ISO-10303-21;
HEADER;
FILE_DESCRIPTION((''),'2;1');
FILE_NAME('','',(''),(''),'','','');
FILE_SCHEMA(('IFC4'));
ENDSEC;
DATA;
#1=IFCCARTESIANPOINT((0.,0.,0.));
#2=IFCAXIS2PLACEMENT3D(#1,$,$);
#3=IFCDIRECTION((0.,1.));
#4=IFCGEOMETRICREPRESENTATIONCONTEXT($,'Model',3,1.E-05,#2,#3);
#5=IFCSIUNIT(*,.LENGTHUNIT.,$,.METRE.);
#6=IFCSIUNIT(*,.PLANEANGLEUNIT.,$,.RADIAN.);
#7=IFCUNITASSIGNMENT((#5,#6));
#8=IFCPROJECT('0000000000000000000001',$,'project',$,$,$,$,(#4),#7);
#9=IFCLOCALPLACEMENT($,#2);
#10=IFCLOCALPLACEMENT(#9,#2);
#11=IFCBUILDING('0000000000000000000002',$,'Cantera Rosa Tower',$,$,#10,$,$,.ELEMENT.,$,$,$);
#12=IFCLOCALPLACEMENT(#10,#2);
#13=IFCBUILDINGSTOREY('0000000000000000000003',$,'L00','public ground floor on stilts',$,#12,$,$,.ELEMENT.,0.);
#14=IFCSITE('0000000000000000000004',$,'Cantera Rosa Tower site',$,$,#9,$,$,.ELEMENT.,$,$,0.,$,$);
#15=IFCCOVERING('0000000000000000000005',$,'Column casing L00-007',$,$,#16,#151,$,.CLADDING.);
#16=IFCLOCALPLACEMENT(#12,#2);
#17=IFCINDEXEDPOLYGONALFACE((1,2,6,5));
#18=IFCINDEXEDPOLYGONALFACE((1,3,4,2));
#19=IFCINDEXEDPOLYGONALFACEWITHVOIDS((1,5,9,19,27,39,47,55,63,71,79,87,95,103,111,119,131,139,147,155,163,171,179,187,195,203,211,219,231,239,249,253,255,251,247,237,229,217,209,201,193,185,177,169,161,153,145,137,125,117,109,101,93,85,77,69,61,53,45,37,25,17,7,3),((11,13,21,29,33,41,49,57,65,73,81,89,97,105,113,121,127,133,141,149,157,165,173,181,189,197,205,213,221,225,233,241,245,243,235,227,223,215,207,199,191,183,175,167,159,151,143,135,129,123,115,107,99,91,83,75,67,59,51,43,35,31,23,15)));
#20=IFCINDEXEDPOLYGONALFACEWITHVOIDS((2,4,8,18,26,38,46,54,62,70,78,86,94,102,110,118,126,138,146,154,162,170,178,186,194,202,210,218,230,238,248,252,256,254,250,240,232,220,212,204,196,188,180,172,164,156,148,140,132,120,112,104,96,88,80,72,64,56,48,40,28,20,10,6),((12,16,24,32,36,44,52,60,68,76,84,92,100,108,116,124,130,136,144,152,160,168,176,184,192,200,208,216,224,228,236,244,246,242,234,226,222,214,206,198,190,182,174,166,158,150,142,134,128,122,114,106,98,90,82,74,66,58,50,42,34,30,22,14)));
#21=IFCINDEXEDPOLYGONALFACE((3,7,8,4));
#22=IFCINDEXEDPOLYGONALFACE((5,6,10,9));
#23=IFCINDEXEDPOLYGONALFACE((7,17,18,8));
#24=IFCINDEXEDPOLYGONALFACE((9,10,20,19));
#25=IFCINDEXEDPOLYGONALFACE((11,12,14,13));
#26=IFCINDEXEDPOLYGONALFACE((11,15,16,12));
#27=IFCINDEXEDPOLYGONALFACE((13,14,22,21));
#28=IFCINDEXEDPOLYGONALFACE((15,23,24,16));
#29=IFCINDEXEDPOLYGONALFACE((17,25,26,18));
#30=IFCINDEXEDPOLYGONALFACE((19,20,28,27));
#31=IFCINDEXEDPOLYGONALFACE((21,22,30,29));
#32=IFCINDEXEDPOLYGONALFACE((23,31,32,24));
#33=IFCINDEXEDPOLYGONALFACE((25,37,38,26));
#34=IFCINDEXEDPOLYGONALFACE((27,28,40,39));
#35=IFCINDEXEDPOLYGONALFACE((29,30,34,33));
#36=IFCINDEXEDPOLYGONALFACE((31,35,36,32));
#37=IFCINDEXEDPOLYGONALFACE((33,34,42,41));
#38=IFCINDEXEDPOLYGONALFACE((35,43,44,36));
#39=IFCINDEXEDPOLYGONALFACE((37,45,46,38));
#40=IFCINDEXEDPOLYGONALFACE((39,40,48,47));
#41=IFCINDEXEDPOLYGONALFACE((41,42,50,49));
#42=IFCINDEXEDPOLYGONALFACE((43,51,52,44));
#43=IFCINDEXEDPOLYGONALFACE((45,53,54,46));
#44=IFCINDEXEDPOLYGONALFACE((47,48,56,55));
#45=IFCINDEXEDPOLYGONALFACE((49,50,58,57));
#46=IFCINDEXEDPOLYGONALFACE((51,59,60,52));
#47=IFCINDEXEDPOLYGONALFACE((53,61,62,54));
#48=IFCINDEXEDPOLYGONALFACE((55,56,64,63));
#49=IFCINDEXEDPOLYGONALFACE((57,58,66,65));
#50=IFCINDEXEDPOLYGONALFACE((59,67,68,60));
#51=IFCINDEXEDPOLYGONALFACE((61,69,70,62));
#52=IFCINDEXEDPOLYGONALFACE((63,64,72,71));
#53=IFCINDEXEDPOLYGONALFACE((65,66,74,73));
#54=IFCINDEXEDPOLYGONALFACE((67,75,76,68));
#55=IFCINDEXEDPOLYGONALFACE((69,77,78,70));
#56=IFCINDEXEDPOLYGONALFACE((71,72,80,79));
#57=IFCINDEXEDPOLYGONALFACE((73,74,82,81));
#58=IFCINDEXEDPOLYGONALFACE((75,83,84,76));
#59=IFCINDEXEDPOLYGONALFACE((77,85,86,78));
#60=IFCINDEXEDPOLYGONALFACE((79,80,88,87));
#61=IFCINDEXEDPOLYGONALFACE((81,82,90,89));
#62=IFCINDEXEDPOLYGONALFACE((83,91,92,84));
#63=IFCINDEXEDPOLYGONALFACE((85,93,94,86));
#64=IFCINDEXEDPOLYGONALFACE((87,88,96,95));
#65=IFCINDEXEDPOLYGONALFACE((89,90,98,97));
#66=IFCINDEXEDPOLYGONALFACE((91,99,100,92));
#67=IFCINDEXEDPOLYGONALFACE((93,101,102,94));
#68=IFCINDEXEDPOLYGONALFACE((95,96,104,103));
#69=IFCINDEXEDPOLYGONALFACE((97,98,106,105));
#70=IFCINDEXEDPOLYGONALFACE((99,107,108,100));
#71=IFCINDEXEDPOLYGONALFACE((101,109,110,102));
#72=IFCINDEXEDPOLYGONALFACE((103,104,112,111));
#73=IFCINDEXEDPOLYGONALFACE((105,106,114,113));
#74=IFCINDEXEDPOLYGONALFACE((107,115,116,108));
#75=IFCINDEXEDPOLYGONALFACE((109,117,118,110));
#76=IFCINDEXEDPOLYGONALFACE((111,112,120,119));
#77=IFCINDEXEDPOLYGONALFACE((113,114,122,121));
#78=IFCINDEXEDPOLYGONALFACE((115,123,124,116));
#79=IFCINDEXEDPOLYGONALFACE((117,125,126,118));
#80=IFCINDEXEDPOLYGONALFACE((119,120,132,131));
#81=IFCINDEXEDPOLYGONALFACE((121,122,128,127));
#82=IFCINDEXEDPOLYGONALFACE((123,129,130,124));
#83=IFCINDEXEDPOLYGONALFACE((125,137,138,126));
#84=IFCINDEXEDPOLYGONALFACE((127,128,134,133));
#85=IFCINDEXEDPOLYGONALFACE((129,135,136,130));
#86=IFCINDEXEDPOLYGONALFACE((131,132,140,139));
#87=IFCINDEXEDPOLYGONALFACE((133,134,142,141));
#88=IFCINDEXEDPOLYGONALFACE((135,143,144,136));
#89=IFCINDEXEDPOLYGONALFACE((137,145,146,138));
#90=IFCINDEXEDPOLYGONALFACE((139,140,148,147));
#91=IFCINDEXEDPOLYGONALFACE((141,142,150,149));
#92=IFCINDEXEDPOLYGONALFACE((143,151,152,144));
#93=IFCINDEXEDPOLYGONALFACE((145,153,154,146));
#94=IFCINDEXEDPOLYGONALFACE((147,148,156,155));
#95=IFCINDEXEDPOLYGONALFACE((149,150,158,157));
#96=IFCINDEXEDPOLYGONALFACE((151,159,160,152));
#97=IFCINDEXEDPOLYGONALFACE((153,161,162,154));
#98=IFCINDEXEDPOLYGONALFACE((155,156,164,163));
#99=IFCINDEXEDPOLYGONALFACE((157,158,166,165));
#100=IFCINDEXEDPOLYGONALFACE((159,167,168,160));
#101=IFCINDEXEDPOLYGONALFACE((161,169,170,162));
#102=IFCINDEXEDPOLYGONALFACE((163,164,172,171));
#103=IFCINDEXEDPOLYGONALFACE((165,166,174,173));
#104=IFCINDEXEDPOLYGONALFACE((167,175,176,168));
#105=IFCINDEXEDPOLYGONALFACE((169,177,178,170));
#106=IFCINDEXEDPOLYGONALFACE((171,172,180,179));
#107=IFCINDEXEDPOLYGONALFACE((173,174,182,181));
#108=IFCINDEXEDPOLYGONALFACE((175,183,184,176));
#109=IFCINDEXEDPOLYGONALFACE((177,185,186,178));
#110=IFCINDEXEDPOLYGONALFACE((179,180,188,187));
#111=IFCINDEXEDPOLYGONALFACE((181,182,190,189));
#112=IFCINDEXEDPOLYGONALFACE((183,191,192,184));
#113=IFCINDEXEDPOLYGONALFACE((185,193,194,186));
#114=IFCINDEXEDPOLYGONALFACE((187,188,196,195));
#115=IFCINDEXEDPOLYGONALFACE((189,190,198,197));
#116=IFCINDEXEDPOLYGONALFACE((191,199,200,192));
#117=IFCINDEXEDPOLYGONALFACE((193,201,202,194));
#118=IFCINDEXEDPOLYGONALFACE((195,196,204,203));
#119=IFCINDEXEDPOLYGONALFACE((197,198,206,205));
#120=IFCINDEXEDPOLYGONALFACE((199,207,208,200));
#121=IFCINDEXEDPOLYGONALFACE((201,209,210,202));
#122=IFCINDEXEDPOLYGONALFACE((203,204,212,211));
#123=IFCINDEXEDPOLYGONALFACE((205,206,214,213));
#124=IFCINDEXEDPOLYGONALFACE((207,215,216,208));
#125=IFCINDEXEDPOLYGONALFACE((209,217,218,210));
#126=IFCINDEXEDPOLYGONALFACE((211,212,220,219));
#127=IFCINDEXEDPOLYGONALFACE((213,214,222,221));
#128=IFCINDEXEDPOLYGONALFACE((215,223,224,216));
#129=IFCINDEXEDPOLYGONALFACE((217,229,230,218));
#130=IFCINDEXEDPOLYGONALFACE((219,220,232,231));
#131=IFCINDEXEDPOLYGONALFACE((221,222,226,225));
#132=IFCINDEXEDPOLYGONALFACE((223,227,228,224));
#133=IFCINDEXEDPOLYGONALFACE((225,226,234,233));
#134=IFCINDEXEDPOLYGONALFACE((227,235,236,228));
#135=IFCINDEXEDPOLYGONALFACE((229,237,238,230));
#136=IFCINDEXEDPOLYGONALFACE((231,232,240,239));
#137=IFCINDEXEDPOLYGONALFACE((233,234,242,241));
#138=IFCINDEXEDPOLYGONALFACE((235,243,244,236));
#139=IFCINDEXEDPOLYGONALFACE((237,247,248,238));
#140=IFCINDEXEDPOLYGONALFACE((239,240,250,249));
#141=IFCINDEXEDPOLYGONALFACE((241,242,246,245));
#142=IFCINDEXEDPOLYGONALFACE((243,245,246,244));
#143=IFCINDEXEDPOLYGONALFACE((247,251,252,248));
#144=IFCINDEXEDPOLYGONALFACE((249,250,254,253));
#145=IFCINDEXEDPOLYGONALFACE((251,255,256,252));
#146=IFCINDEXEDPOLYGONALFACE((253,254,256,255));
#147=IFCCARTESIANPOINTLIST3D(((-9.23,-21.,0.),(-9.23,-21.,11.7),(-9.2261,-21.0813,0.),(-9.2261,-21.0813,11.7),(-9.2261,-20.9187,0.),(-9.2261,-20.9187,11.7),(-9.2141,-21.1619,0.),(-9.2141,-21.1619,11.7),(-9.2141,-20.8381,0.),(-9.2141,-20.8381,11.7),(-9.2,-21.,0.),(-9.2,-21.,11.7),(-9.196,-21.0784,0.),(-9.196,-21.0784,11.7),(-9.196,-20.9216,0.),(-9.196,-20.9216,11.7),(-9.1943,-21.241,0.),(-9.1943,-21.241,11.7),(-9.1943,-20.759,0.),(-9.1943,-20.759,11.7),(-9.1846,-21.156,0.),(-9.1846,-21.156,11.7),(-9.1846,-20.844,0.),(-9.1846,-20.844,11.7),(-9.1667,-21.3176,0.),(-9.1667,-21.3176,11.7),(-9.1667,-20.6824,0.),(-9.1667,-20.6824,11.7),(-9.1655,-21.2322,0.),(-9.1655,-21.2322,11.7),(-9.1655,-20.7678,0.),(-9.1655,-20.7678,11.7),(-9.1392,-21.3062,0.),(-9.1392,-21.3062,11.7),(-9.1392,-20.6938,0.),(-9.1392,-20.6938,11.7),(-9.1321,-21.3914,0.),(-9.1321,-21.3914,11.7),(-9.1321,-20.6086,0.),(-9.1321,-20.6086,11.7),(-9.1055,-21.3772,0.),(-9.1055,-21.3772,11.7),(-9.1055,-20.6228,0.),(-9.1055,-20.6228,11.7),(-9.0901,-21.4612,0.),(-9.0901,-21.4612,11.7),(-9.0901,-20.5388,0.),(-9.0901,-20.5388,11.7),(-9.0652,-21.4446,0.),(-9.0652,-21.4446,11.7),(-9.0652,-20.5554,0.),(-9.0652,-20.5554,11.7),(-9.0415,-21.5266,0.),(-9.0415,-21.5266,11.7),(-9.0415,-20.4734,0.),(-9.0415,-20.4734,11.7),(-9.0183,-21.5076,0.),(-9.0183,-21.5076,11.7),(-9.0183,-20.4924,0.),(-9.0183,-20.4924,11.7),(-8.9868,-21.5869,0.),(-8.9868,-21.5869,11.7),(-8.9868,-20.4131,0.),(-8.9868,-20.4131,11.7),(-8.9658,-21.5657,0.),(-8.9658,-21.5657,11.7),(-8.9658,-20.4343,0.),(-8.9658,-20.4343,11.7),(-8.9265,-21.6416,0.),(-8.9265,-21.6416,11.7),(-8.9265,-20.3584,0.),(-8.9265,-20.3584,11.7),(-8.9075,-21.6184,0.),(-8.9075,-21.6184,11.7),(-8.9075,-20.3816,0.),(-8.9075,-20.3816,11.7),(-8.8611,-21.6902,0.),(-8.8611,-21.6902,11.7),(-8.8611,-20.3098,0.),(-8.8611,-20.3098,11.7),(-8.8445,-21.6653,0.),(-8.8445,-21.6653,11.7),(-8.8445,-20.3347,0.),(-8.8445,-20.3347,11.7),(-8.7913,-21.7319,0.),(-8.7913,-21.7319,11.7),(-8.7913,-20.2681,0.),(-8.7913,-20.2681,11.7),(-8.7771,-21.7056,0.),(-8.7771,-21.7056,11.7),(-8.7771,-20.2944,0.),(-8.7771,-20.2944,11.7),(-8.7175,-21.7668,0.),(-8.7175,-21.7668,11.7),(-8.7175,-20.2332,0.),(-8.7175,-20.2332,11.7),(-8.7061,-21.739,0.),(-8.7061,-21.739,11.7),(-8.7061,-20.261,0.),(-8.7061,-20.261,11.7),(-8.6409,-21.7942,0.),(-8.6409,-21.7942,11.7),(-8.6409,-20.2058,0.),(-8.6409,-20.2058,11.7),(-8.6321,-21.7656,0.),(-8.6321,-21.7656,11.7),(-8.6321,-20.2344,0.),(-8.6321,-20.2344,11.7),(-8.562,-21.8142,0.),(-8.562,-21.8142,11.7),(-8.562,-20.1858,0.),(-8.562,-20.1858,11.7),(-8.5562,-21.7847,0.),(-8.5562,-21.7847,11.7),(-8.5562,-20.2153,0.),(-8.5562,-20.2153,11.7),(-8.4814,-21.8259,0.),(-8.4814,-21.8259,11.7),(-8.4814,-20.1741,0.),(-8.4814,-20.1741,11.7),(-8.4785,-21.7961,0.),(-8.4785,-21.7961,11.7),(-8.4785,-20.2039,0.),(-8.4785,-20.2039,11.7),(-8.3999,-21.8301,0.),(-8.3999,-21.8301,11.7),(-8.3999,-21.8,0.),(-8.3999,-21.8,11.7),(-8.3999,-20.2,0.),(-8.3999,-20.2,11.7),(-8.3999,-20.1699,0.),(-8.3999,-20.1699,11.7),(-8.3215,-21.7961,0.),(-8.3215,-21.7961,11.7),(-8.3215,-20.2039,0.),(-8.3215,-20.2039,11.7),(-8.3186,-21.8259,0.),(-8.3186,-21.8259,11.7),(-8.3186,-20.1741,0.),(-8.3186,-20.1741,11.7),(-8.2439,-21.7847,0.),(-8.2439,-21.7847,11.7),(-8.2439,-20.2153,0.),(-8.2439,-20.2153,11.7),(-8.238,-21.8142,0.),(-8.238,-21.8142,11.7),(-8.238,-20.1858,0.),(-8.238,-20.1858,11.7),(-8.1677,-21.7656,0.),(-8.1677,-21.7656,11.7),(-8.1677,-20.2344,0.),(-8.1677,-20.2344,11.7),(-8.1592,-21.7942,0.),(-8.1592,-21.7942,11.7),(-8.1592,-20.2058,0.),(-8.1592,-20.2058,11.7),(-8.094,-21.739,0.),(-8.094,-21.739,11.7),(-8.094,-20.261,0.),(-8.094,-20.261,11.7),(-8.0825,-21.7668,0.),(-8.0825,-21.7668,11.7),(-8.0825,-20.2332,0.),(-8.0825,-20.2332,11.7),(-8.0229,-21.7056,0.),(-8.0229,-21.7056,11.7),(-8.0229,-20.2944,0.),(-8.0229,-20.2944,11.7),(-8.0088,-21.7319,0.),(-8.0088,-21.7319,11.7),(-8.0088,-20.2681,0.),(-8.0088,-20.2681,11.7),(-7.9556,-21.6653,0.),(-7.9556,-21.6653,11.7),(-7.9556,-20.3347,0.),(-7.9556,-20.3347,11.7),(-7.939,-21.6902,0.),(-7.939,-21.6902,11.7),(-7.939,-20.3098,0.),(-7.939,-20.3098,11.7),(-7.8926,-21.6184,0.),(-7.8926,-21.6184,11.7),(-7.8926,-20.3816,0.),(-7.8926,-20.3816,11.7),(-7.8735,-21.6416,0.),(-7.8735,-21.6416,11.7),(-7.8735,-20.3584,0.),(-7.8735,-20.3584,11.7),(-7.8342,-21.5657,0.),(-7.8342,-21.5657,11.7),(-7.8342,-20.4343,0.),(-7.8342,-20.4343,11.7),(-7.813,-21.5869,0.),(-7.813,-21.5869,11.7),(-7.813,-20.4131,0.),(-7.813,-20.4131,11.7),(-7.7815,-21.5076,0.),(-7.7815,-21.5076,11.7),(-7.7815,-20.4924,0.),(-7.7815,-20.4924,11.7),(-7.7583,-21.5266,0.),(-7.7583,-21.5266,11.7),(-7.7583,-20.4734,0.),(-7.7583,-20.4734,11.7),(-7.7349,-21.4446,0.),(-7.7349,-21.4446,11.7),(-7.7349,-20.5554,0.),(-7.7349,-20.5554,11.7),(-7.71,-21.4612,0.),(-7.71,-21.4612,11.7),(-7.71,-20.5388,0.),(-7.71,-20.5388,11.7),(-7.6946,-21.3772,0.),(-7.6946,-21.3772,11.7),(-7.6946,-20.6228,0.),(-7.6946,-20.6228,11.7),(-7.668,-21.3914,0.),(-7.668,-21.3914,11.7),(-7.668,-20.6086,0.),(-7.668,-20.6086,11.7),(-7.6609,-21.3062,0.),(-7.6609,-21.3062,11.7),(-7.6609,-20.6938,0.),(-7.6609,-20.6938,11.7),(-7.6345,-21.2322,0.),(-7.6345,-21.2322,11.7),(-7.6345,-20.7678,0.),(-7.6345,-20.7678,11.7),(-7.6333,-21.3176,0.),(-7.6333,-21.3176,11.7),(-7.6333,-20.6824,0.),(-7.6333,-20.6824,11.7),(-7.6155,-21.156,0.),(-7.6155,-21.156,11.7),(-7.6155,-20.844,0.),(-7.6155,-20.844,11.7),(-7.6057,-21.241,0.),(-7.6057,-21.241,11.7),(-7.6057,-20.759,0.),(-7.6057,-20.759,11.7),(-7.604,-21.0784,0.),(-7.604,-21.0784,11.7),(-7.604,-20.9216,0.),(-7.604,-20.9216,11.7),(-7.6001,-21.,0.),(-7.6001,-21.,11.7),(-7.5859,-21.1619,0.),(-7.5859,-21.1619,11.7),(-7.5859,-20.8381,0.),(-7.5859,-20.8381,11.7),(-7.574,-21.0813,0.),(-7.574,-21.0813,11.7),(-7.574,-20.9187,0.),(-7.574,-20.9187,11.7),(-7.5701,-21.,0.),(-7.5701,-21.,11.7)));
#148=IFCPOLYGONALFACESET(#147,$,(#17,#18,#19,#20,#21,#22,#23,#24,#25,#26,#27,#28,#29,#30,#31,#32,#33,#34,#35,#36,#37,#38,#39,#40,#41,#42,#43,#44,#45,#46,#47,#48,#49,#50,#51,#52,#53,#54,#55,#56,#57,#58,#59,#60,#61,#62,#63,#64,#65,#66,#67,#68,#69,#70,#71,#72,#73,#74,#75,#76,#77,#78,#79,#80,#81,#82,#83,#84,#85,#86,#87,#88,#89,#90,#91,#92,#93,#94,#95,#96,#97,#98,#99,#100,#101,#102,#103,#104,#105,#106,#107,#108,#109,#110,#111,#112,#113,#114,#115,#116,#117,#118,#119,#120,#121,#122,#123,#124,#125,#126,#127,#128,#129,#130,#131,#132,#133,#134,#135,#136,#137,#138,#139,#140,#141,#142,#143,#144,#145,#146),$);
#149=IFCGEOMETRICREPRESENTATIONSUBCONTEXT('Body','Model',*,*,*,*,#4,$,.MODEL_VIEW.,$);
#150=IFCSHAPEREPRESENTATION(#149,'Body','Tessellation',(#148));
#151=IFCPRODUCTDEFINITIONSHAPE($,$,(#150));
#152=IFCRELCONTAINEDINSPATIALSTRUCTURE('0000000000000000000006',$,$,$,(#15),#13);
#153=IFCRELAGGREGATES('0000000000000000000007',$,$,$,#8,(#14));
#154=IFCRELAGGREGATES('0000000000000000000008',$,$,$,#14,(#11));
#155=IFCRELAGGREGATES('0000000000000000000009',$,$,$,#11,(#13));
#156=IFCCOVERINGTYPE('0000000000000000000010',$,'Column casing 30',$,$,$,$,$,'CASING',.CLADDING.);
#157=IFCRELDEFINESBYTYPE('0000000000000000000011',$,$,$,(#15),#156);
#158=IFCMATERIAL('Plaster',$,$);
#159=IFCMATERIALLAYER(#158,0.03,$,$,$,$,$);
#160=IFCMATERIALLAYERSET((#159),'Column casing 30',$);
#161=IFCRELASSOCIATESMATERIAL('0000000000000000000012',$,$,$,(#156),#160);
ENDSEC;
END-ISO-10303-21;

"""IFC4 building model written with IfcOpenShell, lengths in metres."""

from ifc_helpers import new_model, si_unit, direction, origin, place, context, subcontext, project, spatial, polyline, outline, extrude, material, layer, layer_set, type_object, element, save


model = new_model("IFC4")

# Units and contexts
model_context = context("Model", 3, precision=1e-05, world=origin(), true_north=direction((0.0, 1.0)))
body_context = subcontext(model_context, "Body", "Model", "MODEL_VIEW")
ifc_project = project(units=[si_unit("LENGTHUNIT", "METRE"), si_unit("PLANEANGLEUNIT", "RADIAN")], contexts=[model_context])

# Site, building, storey
site_placement = place(None, origin())
site = spatial("IfcSite", under=ifc_project, at=site_placement, Name="Cantera Rosa Tower site", CompositionType="ELEMENT", RefElevation=0.0)
building_placement = place(site_placement, origin())
building = spatial("IfcBuilding", under=site, at=building_placement, Name="Cantera Rosa Tower", CompositionType="ELEMENT")
storey_placement = place(building_placement, origin())
storey = spatial("IfcBuildingStorey", under=building, at=storey_placement, Name="L00", Description="public ground floor on stilts", CompositionType="ELEMENT", Elevation=0.0)

# Covering
ifc_material_1 = material(Name="Plaster")
ifc_layer_1 = layer(ifc_material_1, 0.03)
ifc_layer_set_1 = layer_set([ifc_layer_1], Name="Column casing 30")
covering_type = type_object("IfcCoveringType", Name="Column casing 30", ElementType="CASING", PredefinedType="CLADDING", material=ifc_layer_set_1)
covering_1_placement = place(storey_placement, origin())
element("IfcCovering", 1, at=covering_1_placement, inside=storey, type_object=covering_type, Name="Column casing L00-007", PredefinedType="CLADDING", context=body_context, shape_type="SweptSolid", body=[
    extrude(outline(polyline([(-7.574, -21.0813), (-7.5701, -21.0), (-7.574, -20.9187), (-7.5859, -20.8381), (-7.6057, -20.759), (-7.6333, -20.6824), (-7.668, -20.6086), (-7.71, -20.5388), (-7.7583, -20.4734), (-7.813, -20.4131), (-7.8735, -20.3584), (-7.939, -20.3098), (-8.0088, -20.2681), (-8.0825, -20.2332), (-8.1592, -20.2058), (-8.238, -20.1858), (-8.3186, -20.1741), (-8.3999, -20.1699), (-8.4814, -20.1741), (-8.562, -20.1858), (-8.6409, -20.2058), (-8.7175, -20.2332), (-8.7913, -20.2681), (-8.8611, -20.3098), (-8.9265, -20.3584), (-8.9868, -20.4131), (-9.0415, -20.4734), (-9.0901, -20.5388), (-9.1321, -20.6086), (-9.1667, -20.6824), (-9.1943, -20.759), (-9.2141, -20.8381), (-9.2261, -20.9187), (-9.23, -21.0), (-9.2261, -21.0813), (-9.2141, -21.1619), (-9.1943, -21.241), (-9.1667, -21.3176), (-9.1321, -21.3914), (-9.0901, -21.4612), (-9.0415, -21.5266), (-8.9868, -21.5869), (-8.9265, -21.6416), (-8.8611, -21.6902), (-8.7913, -21.7319), (-8.7175, -21.7668), (-8.6409, -21.7942), (-8.562, -21.8142), (-8.4814, -21.8259), (-8.3999, -21.8301), (-8.3186, -21.8259), (-8.238, -21.8142), (-8.1592, -21.7942), (-8.0825, -21.7668), (-8.0088, -21.7319), (-7.939, -21.6902), (-7.8735, -21.6416), (-7.813, -21.5869), (-7.7583, -21.5266), (-7.71, -21.4612), (-7.668, -21.3914), (-7.6333, -21.3176), (-7.6057, -21.241), (-7.5859, -21.1619), (-7.574, -21.0813)]), holes=[polyline([(-7.604, -20.9216), (-7.6155, -20.844), (-7.6345, -20.7678), (-7.6609, -20.6938), (-7.6946, -20.6228), (-7.7349, -20.5554), (-7.7815, -20.4924), (-7.8342, -20.4343), (-7.8926, -20.3816), (-7.9556, -20.3347), (-8.0229, -20.2944), (-8.094, -20.261), (-8.1677, -20.2344), (-8.2439, -20.2153), (-8.3215, -20.2039), (-8.3999, -20.2), (-8.4785, -20.2039), (-8.5562, -20.2153), (-8.6321, -20.2344), (-8.7061, -20.261), (-8.7771, -20.2944), (-8.8445, -20.3347), (-8.9075, -20.3816), (-8.9658, -20.4343), (-9.0183, -20.4924), (-9.0652, -20.5554), (-9.1055, -20.6228), (-9.1392, -20.6938), (-9.1655, -20.7678), (-9.1846, -20.844), (-9.196, -20.9216), (-9.2, -21.0), (-9.196, -21.0784), (-9.1846, -21.156), (-9.1655, -21.2322), (-9.1392, -21.3062), (-9.1055, -21.3772), (-9.0652, -21.4446), (-9.0183, -21.5076), (-8.9658, -21.5657), (-8.9075, -21.6184), (-8.8445, -21.6653), (-8.7771, -21.7056), (-8.7061, -21.739), (-8.6321, -21.7656), (-8.5562, -21.7847), (-8.4785, -21.7961), (-8.3999, -21.8), (-8.3215, -21.7961), (-8.2439, -21.7847), (-8.1677, -21.7656), (-8.094, -21.739), (-8.0229, -21.7056), (-7.9556, -21.6653), (-7.8926, -21.6184), (-7.8342, -21.5657), (-7.7815, -21.5076), (-7.7349, -21.4446), (-7.6946, -21.3772), (-7.6609, -21.3062), (-7.6345, -21.2322), (-7.6155, -21.156), (-7.604, -21.0784), (-7.6001, -21.0), (-7.604, -20.9216)])]), origin(), (0.0, 0.0, 1.0), 11.7),
])

save(model, "model.ifc")
